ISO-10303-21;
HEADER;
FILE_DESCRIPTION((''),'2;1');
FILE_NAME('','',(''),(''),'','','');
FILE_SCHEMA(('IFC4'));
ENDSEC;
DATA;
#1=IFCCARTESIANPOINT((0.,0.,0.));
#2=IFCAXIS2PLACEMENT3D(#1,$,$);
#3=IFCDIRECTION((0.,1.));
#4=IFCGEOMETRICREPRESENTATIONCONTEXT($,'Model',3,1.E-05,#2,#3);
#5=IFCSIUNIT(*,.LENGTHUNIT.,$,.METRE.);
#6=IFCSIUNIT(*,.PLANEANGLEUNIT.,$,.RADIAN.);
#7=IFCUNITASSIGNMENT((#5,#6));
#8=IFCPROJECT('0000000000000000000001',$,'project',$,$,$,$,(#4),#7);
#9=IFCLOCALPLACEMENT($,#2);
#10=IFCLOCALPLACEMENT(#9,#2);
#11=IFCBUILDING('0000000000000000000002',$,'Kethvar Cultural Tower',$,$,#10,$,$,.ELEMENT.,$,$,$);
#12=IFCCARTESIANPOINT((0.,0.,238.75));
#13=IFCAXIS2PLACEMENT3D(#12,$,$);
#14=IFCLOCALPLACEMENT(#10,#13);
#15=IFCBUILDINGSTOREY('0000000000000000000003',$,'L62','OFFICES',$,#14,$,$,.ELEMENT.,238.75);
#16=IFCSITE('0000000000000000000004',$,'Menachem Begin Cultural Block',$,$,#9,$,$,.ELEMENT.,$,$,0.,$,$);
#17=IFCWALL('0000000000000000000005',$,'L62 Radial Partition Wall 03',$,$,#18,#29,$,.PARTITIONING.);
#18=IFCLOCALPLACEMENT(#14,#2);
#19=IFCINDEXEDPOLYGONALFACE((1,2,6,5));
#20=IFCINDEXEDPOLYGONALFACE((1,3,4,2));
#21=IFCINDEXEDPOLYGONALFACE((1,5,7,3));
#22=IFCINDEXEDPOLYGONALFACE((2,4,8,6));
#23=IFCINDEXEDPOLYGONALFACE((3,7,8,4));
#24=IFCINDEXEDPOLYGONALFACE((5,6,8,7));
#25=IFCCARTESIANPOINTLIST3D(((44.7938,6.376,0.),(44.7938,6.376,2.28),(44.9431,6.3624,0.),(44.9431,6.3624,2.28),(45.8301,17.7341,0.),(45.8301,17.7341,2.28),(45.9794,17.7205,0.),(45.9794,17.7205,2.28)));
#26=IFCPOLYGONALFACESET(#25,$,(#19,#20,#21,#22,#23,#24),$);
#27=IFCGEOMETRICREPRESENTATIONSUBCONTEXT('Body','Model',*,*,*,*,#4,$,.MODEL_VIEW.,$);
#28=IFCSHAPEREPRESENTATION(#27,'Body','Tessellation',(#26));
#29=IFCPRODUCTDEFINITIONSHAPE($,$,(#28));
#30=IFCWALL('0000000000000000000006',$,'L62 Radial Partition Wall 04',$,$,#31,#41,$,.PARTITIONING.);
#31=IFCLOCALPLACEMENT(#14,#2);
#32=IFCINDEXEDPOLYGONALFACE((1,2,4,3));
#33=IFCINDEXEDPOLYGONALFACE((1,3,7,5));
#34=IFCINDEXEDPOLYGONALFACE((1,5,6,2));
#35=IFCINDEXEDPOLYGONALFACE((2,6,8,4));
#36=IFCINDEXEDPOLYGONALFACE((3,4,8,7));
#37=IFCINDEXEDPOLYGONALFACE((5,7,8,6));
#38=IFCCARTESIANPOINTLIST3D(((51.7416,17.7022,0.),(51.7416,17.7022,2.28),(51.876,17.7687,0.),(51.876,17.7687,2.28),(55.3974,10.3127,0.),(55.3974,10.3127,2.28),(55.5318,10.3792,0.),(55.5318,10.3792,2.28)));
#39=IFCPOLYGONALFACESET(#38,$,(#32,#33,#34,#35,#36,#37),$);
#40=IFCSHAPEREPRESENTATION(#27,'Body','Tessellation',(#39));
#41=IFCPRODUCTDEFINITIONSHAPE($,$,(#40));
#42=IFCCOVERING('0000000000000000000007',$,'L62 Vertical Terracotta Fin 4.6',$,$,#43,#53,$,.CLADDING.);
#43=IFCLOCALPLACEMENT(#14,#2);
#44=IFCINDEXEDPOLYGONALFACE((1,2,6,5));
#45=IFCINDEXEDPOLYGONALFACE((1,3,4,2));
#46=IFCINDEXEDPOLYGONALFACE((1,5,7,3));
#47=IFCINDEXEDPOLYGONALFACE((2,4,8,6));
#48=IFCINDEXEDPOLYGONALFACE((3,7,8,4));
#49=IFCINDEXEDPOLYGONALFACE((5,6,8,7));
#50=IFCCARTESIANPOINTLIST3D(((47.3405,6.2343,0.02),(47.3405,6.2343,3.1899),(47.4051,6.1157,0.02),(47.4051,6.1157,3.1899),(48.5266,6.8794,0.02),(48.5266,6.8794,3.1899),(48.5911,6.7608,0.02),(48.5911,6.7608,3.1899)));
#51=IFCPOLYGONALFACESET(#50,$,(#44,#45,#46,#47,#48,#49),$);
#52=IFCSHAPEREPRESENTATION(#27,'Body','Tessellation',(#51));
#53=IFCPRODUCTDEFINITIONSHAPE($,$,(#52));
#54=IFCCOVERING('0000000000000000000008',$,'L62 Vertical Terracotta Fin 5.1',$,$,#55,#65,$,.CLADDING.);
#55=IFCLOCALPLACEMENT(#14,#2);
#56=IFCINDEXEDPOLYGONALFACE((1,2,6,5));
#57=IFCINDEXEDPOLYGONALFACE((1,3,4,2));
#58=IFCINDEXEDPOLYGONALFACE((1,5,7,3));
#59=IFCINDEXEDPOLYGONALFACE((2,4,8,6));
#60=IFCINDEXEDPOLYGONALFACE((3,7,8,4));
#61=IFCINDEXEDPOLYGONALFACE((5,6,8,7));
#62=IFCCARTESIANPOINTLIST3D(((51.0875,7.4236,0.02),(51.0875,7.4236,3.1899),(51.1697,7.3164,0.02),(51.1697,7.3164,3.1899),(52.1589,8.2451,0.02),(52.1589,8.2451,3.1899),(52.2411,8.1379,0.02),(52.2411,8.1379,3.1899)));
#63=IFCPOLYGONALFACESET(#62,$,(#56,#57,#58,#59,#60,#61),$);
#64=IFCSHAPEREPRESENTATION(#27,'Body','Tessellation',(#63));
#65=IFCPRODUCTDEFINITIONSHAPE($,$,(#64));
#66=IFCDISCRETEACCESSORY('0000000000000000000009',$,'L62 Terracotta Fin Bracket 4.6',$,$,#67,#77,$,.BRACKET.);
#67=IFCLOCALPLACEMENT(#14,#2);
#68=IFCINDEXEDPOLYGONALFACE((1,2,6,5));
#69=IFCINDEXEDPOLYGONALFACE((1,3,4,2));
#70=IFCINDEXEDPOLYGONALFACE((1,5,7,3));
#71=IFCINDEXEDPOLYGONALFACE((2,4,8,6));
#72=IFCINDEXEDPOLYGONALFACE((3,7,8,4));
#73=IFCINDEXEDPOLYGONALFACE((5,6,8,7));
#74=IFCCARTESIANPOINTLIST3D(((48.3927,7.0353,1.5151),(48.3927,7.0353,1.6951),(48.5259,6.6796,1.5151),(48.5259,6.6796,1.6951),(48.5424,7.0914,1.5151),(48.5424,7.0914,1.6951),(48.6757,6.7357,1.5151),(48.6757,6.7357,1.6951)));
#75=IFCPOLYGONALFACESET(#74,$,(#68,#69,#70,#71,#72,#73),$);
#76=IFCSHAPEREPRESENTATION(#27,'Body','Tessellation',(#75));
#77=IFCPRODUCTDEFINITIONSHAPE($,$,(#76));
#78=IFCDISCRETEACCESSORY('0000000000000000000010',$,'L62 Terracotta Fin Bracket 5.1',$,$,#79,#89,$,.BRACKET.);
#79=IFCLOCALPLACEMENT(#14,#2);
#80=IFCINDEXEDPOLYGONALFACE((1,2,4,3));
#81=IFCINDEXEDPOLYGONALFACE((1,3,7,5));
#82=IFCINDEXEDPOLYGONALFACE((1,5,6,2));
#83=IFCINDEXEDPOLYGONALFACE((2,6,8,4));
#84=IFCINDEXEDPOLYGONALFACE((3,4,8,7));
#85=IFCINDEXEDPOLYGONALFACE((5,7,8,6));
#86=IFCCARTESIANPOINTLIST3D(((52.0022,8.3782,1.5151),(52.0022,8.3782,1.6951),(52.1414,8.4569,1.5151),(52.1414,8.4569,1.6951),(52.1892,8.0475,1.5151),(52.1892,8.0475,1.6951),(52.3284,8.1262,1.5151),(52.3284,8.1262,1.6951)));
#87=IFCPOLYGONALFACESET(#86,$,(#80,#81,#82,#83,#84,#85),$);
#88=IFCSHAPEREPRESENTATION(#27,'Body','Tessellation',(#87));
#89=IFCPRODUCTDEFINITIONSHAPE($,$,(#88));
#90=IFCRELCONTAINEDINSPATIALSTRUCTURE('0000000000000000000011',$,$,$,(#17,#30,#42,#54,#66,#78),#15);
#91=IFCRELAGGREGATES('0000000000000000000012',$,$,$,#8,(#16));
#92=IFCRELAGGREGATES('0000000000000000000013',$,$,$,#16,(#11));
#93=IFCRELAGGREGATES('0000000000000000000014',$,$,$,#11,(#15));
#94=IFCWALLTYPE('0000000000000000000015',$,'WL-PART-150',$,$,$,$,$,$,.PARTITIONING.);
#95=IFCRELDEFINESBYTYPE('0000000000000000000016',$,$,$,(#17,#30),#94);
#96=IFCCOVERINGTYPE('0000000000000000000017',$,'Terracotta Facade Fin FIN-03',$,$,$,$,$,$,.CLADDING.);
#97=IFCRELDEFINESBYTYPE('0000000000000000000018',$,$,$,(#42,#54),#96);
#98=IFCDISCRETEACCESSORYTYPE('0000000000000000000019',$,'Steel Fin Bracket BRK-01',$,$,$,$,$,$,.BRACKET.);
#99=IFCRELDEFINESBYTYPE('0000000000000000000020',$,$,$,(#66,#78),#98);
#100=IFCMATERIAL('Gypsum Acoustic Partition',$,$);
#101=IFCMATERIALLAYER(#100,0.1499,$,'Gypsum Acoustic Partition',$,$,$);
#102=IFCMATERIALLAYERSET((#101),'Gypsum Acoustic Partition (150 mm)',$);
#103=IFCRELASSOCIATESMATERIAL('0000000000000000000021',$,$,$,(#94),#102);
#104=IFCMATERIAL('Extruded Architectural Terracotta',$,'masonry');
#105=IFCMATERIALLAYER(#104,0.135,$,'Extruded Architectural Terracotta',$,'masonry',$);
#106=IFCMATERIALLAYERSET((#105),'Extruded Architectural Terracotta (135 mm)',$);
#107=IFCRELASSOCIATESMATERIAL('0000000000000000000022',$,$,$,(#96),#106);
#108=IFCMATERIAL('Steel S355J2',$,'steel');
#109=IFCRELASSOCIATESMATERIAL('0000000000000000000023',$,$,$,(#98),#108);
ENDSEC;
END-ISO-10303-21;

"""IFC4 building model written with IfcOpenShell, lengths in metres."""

from ifc_helpers import new_model, si_unit, direction, frame, frame_2d, origin, origin_2d, place, context, subcontext, project, spatial, rectangle, extrude, source, transform, mapped, material, layer, layer_set, type_object, element, save


model = new_model("IFC4")

# Units and contexts
model_context = context("Model", 3, precision=1e-05, world=origin(), true_north=direction((0.0, 1.0)))
body_context = subcontext(model_context, "Body", "Model", "MODEL_VIEW")
ifc_project = project(units=[si_unit("LENGTHUNIT", "METRE"), si_unit("PLANEANGLEUNIT", "RADIAN")], contexts=[model_context])

# Site, building, storey
site_placement = place(None, origin())
site = spatial("IfcSite", under=ifc_project, at=site_placement, Name="Menachem Begin Cultural Block", CompositionType="ELEMENT", RefElevation=0.0)
building_placement = place(site_placement, origin())
building = spatial("IfcBuilding", under=site, at=building_placement, Name="Kethvar Cultural Tower", CompositionType="ELEMENT")
storey_placement = place(building_placement, frame((0.0, 0.0, 238.75)))
storey = spatial("IfcBuildingStorey", under=building, at=storey_placement, Name="L62", Description="OFFICES", CompositionType="ELEMENT", Elevation=238.75)

# Shared definitions
ifc_material_1 = material(Name="Steel S355J2", Category="steel")

# Walls
ifc_material_2 = material(Name="Gypsum Acoustic Partition")
ifc_layer_1 = layer(ifc_material_2, 0.1499, Name="Gypsum Acoustic Partition")
ifc_layer_set_1 = layer_set([ifc_layer_1], Name="Gypsum Acoustic Partition (150 mm)")
wall_type = type_object("IfcWallType", Name="WL-PART-150", PredefinedType="PARTITIONING", material=ifc_layer_set_1)
wall_1_placement = place(storey_placement, frame((45.9048, 17.7273, 0.0), z_axis=(0.0, 0.0, 1.0), x_axis=(-0.090868, -0.995863, 0.0)))
element("IfcWall", 1, at=wall_1_placement, inside=storey, type_object=wall_type, Name="L62 Radial Partition Wall 03", PredefinedType="PARTITIONING", context=body_context, shape_type="SweptSolid", body=[
    extrude(rectangle(XDim=11.4053, YDim=0.1499, at=frame_2d((5.7026, 0.0))), origin(), (0.0, 0.0, 1.0), 2.28),
])
wall_2_placement = place(storey_placement, frame((51.8088, 17.7354, 0.0), z_axis=(0.0, 0.0, 1.0), x_axis=(0.443431, -0.896309, 0.0)))
element("IfcWall", 2, at=wall_2_placement, inside=storey, type_object=wall_type, Name="L62 Radial Partition Wall 04", PredefinedType="PARTITIONING", context=body_context, shape_type="SweptSolid", body=[
    extrude(rectangle(XDim=8.2444, YDim=0.1499, at=frame_2d((4.1221, 0.0))), origin(), (0.0, 0.0, 1.0), 2.28),
])

# Coverings
ifc_material_3 = material(Name="Extruded Architectural Terracotta", Category="masonry")
ifc_layer_2 = layer(ifc_material_3, 0.135, Name="Extruded Architectural Terracotta", Category="masonry")
ifc_layer_set_2 = layer_set([ifc_layer_2], Name="Extruded Architectural Terracotta (135 mm)")
covering_type = type_object("IfcCoveringType", Name="Terracotta Facade Fin FIN-03", PredefinedType="CLADDING", material=ifc_layer_set_2)
shared_shape_1 = source(origin(), body_context, "Body", "SweptSolid", [
    extrude(rectangle(XDim=1.3501, YDim=0.135, at=origin_2d()), origin(), (0.0, 0.0, 1.0), 3.1699),
])
for number, where, z_axis, x_axis, name in (
    (3, (47.9658, 6.4976, 0.02), (0.0, 0.0, 1.0), (-0.878484, -0.477772, 0.0), "L62 Vertical Terracotta Fin 4.6"),
    (4, (51.6643, 7.7808, 0.02), (0.0, 0.0, 1.0), (-0.793566, -0.608484, 0.0), "L62 Vertical Terracotta Fin 5.1"),
):
    element("IfcCovering", number, at=place(storey_placement, frame(where, z_axis=z_axis, x_axis=x_axis)), inside=storey, type_object=covering_type, Name=name, PredefinedType="CLADDING", context=body_context, shape_type="MappedRepresentation", body=[
        mapped(shared_shape_1, transform((0.0, 0.0, 0.0), scale=1.0)),
    ])

# Discrete accessories
discrete_accessory_type = type_object("IfcDiscreteAccessoryType", Name="Steel Fin Bracket BRK-01", PredefinedType="BRACKET", material=ifc_material_1)
shared_shape_2 = source(origin(), body_context, "Body", "SweptSolid", [
    extrude(rectangle(XDim=0.3799, YDim=0.1599, at=origin_2d()), origin(), (0.0, 0.0, 1.0), 0.1799),
])
for number, where, z_axis, x_axis, name in (
    (5, (48.5342, 6.8855, 1.5151), (0.0, 0.0, 1.0), (0.350861, -0.936427, 0.0), "L62 Terracotta Fin Bracket 4.6"),
    (6, (52.1653, 8.2522, 1.5151), (0.0, 0.0, 1.0), (0.49212, -0.870528, 0.0), "L62 Terracotta Fin Bracket 5.1"),
):
    element("IfcDiscreteAccessory", number, at=place(storey_placement, frame(where, z_axis=z_axis, x_axis=x_axis)), inside=storey, type_object=discrete_accessory_type, Name=name, PredefinedType="BRACKET", context=body_context, shape_type="MappedRepresentation", body=[
        mapped(shared_shape_2, transform((0.0, 0.0, 0.0), scale=1.0)),
    ])

save(model, "model.ifc")
